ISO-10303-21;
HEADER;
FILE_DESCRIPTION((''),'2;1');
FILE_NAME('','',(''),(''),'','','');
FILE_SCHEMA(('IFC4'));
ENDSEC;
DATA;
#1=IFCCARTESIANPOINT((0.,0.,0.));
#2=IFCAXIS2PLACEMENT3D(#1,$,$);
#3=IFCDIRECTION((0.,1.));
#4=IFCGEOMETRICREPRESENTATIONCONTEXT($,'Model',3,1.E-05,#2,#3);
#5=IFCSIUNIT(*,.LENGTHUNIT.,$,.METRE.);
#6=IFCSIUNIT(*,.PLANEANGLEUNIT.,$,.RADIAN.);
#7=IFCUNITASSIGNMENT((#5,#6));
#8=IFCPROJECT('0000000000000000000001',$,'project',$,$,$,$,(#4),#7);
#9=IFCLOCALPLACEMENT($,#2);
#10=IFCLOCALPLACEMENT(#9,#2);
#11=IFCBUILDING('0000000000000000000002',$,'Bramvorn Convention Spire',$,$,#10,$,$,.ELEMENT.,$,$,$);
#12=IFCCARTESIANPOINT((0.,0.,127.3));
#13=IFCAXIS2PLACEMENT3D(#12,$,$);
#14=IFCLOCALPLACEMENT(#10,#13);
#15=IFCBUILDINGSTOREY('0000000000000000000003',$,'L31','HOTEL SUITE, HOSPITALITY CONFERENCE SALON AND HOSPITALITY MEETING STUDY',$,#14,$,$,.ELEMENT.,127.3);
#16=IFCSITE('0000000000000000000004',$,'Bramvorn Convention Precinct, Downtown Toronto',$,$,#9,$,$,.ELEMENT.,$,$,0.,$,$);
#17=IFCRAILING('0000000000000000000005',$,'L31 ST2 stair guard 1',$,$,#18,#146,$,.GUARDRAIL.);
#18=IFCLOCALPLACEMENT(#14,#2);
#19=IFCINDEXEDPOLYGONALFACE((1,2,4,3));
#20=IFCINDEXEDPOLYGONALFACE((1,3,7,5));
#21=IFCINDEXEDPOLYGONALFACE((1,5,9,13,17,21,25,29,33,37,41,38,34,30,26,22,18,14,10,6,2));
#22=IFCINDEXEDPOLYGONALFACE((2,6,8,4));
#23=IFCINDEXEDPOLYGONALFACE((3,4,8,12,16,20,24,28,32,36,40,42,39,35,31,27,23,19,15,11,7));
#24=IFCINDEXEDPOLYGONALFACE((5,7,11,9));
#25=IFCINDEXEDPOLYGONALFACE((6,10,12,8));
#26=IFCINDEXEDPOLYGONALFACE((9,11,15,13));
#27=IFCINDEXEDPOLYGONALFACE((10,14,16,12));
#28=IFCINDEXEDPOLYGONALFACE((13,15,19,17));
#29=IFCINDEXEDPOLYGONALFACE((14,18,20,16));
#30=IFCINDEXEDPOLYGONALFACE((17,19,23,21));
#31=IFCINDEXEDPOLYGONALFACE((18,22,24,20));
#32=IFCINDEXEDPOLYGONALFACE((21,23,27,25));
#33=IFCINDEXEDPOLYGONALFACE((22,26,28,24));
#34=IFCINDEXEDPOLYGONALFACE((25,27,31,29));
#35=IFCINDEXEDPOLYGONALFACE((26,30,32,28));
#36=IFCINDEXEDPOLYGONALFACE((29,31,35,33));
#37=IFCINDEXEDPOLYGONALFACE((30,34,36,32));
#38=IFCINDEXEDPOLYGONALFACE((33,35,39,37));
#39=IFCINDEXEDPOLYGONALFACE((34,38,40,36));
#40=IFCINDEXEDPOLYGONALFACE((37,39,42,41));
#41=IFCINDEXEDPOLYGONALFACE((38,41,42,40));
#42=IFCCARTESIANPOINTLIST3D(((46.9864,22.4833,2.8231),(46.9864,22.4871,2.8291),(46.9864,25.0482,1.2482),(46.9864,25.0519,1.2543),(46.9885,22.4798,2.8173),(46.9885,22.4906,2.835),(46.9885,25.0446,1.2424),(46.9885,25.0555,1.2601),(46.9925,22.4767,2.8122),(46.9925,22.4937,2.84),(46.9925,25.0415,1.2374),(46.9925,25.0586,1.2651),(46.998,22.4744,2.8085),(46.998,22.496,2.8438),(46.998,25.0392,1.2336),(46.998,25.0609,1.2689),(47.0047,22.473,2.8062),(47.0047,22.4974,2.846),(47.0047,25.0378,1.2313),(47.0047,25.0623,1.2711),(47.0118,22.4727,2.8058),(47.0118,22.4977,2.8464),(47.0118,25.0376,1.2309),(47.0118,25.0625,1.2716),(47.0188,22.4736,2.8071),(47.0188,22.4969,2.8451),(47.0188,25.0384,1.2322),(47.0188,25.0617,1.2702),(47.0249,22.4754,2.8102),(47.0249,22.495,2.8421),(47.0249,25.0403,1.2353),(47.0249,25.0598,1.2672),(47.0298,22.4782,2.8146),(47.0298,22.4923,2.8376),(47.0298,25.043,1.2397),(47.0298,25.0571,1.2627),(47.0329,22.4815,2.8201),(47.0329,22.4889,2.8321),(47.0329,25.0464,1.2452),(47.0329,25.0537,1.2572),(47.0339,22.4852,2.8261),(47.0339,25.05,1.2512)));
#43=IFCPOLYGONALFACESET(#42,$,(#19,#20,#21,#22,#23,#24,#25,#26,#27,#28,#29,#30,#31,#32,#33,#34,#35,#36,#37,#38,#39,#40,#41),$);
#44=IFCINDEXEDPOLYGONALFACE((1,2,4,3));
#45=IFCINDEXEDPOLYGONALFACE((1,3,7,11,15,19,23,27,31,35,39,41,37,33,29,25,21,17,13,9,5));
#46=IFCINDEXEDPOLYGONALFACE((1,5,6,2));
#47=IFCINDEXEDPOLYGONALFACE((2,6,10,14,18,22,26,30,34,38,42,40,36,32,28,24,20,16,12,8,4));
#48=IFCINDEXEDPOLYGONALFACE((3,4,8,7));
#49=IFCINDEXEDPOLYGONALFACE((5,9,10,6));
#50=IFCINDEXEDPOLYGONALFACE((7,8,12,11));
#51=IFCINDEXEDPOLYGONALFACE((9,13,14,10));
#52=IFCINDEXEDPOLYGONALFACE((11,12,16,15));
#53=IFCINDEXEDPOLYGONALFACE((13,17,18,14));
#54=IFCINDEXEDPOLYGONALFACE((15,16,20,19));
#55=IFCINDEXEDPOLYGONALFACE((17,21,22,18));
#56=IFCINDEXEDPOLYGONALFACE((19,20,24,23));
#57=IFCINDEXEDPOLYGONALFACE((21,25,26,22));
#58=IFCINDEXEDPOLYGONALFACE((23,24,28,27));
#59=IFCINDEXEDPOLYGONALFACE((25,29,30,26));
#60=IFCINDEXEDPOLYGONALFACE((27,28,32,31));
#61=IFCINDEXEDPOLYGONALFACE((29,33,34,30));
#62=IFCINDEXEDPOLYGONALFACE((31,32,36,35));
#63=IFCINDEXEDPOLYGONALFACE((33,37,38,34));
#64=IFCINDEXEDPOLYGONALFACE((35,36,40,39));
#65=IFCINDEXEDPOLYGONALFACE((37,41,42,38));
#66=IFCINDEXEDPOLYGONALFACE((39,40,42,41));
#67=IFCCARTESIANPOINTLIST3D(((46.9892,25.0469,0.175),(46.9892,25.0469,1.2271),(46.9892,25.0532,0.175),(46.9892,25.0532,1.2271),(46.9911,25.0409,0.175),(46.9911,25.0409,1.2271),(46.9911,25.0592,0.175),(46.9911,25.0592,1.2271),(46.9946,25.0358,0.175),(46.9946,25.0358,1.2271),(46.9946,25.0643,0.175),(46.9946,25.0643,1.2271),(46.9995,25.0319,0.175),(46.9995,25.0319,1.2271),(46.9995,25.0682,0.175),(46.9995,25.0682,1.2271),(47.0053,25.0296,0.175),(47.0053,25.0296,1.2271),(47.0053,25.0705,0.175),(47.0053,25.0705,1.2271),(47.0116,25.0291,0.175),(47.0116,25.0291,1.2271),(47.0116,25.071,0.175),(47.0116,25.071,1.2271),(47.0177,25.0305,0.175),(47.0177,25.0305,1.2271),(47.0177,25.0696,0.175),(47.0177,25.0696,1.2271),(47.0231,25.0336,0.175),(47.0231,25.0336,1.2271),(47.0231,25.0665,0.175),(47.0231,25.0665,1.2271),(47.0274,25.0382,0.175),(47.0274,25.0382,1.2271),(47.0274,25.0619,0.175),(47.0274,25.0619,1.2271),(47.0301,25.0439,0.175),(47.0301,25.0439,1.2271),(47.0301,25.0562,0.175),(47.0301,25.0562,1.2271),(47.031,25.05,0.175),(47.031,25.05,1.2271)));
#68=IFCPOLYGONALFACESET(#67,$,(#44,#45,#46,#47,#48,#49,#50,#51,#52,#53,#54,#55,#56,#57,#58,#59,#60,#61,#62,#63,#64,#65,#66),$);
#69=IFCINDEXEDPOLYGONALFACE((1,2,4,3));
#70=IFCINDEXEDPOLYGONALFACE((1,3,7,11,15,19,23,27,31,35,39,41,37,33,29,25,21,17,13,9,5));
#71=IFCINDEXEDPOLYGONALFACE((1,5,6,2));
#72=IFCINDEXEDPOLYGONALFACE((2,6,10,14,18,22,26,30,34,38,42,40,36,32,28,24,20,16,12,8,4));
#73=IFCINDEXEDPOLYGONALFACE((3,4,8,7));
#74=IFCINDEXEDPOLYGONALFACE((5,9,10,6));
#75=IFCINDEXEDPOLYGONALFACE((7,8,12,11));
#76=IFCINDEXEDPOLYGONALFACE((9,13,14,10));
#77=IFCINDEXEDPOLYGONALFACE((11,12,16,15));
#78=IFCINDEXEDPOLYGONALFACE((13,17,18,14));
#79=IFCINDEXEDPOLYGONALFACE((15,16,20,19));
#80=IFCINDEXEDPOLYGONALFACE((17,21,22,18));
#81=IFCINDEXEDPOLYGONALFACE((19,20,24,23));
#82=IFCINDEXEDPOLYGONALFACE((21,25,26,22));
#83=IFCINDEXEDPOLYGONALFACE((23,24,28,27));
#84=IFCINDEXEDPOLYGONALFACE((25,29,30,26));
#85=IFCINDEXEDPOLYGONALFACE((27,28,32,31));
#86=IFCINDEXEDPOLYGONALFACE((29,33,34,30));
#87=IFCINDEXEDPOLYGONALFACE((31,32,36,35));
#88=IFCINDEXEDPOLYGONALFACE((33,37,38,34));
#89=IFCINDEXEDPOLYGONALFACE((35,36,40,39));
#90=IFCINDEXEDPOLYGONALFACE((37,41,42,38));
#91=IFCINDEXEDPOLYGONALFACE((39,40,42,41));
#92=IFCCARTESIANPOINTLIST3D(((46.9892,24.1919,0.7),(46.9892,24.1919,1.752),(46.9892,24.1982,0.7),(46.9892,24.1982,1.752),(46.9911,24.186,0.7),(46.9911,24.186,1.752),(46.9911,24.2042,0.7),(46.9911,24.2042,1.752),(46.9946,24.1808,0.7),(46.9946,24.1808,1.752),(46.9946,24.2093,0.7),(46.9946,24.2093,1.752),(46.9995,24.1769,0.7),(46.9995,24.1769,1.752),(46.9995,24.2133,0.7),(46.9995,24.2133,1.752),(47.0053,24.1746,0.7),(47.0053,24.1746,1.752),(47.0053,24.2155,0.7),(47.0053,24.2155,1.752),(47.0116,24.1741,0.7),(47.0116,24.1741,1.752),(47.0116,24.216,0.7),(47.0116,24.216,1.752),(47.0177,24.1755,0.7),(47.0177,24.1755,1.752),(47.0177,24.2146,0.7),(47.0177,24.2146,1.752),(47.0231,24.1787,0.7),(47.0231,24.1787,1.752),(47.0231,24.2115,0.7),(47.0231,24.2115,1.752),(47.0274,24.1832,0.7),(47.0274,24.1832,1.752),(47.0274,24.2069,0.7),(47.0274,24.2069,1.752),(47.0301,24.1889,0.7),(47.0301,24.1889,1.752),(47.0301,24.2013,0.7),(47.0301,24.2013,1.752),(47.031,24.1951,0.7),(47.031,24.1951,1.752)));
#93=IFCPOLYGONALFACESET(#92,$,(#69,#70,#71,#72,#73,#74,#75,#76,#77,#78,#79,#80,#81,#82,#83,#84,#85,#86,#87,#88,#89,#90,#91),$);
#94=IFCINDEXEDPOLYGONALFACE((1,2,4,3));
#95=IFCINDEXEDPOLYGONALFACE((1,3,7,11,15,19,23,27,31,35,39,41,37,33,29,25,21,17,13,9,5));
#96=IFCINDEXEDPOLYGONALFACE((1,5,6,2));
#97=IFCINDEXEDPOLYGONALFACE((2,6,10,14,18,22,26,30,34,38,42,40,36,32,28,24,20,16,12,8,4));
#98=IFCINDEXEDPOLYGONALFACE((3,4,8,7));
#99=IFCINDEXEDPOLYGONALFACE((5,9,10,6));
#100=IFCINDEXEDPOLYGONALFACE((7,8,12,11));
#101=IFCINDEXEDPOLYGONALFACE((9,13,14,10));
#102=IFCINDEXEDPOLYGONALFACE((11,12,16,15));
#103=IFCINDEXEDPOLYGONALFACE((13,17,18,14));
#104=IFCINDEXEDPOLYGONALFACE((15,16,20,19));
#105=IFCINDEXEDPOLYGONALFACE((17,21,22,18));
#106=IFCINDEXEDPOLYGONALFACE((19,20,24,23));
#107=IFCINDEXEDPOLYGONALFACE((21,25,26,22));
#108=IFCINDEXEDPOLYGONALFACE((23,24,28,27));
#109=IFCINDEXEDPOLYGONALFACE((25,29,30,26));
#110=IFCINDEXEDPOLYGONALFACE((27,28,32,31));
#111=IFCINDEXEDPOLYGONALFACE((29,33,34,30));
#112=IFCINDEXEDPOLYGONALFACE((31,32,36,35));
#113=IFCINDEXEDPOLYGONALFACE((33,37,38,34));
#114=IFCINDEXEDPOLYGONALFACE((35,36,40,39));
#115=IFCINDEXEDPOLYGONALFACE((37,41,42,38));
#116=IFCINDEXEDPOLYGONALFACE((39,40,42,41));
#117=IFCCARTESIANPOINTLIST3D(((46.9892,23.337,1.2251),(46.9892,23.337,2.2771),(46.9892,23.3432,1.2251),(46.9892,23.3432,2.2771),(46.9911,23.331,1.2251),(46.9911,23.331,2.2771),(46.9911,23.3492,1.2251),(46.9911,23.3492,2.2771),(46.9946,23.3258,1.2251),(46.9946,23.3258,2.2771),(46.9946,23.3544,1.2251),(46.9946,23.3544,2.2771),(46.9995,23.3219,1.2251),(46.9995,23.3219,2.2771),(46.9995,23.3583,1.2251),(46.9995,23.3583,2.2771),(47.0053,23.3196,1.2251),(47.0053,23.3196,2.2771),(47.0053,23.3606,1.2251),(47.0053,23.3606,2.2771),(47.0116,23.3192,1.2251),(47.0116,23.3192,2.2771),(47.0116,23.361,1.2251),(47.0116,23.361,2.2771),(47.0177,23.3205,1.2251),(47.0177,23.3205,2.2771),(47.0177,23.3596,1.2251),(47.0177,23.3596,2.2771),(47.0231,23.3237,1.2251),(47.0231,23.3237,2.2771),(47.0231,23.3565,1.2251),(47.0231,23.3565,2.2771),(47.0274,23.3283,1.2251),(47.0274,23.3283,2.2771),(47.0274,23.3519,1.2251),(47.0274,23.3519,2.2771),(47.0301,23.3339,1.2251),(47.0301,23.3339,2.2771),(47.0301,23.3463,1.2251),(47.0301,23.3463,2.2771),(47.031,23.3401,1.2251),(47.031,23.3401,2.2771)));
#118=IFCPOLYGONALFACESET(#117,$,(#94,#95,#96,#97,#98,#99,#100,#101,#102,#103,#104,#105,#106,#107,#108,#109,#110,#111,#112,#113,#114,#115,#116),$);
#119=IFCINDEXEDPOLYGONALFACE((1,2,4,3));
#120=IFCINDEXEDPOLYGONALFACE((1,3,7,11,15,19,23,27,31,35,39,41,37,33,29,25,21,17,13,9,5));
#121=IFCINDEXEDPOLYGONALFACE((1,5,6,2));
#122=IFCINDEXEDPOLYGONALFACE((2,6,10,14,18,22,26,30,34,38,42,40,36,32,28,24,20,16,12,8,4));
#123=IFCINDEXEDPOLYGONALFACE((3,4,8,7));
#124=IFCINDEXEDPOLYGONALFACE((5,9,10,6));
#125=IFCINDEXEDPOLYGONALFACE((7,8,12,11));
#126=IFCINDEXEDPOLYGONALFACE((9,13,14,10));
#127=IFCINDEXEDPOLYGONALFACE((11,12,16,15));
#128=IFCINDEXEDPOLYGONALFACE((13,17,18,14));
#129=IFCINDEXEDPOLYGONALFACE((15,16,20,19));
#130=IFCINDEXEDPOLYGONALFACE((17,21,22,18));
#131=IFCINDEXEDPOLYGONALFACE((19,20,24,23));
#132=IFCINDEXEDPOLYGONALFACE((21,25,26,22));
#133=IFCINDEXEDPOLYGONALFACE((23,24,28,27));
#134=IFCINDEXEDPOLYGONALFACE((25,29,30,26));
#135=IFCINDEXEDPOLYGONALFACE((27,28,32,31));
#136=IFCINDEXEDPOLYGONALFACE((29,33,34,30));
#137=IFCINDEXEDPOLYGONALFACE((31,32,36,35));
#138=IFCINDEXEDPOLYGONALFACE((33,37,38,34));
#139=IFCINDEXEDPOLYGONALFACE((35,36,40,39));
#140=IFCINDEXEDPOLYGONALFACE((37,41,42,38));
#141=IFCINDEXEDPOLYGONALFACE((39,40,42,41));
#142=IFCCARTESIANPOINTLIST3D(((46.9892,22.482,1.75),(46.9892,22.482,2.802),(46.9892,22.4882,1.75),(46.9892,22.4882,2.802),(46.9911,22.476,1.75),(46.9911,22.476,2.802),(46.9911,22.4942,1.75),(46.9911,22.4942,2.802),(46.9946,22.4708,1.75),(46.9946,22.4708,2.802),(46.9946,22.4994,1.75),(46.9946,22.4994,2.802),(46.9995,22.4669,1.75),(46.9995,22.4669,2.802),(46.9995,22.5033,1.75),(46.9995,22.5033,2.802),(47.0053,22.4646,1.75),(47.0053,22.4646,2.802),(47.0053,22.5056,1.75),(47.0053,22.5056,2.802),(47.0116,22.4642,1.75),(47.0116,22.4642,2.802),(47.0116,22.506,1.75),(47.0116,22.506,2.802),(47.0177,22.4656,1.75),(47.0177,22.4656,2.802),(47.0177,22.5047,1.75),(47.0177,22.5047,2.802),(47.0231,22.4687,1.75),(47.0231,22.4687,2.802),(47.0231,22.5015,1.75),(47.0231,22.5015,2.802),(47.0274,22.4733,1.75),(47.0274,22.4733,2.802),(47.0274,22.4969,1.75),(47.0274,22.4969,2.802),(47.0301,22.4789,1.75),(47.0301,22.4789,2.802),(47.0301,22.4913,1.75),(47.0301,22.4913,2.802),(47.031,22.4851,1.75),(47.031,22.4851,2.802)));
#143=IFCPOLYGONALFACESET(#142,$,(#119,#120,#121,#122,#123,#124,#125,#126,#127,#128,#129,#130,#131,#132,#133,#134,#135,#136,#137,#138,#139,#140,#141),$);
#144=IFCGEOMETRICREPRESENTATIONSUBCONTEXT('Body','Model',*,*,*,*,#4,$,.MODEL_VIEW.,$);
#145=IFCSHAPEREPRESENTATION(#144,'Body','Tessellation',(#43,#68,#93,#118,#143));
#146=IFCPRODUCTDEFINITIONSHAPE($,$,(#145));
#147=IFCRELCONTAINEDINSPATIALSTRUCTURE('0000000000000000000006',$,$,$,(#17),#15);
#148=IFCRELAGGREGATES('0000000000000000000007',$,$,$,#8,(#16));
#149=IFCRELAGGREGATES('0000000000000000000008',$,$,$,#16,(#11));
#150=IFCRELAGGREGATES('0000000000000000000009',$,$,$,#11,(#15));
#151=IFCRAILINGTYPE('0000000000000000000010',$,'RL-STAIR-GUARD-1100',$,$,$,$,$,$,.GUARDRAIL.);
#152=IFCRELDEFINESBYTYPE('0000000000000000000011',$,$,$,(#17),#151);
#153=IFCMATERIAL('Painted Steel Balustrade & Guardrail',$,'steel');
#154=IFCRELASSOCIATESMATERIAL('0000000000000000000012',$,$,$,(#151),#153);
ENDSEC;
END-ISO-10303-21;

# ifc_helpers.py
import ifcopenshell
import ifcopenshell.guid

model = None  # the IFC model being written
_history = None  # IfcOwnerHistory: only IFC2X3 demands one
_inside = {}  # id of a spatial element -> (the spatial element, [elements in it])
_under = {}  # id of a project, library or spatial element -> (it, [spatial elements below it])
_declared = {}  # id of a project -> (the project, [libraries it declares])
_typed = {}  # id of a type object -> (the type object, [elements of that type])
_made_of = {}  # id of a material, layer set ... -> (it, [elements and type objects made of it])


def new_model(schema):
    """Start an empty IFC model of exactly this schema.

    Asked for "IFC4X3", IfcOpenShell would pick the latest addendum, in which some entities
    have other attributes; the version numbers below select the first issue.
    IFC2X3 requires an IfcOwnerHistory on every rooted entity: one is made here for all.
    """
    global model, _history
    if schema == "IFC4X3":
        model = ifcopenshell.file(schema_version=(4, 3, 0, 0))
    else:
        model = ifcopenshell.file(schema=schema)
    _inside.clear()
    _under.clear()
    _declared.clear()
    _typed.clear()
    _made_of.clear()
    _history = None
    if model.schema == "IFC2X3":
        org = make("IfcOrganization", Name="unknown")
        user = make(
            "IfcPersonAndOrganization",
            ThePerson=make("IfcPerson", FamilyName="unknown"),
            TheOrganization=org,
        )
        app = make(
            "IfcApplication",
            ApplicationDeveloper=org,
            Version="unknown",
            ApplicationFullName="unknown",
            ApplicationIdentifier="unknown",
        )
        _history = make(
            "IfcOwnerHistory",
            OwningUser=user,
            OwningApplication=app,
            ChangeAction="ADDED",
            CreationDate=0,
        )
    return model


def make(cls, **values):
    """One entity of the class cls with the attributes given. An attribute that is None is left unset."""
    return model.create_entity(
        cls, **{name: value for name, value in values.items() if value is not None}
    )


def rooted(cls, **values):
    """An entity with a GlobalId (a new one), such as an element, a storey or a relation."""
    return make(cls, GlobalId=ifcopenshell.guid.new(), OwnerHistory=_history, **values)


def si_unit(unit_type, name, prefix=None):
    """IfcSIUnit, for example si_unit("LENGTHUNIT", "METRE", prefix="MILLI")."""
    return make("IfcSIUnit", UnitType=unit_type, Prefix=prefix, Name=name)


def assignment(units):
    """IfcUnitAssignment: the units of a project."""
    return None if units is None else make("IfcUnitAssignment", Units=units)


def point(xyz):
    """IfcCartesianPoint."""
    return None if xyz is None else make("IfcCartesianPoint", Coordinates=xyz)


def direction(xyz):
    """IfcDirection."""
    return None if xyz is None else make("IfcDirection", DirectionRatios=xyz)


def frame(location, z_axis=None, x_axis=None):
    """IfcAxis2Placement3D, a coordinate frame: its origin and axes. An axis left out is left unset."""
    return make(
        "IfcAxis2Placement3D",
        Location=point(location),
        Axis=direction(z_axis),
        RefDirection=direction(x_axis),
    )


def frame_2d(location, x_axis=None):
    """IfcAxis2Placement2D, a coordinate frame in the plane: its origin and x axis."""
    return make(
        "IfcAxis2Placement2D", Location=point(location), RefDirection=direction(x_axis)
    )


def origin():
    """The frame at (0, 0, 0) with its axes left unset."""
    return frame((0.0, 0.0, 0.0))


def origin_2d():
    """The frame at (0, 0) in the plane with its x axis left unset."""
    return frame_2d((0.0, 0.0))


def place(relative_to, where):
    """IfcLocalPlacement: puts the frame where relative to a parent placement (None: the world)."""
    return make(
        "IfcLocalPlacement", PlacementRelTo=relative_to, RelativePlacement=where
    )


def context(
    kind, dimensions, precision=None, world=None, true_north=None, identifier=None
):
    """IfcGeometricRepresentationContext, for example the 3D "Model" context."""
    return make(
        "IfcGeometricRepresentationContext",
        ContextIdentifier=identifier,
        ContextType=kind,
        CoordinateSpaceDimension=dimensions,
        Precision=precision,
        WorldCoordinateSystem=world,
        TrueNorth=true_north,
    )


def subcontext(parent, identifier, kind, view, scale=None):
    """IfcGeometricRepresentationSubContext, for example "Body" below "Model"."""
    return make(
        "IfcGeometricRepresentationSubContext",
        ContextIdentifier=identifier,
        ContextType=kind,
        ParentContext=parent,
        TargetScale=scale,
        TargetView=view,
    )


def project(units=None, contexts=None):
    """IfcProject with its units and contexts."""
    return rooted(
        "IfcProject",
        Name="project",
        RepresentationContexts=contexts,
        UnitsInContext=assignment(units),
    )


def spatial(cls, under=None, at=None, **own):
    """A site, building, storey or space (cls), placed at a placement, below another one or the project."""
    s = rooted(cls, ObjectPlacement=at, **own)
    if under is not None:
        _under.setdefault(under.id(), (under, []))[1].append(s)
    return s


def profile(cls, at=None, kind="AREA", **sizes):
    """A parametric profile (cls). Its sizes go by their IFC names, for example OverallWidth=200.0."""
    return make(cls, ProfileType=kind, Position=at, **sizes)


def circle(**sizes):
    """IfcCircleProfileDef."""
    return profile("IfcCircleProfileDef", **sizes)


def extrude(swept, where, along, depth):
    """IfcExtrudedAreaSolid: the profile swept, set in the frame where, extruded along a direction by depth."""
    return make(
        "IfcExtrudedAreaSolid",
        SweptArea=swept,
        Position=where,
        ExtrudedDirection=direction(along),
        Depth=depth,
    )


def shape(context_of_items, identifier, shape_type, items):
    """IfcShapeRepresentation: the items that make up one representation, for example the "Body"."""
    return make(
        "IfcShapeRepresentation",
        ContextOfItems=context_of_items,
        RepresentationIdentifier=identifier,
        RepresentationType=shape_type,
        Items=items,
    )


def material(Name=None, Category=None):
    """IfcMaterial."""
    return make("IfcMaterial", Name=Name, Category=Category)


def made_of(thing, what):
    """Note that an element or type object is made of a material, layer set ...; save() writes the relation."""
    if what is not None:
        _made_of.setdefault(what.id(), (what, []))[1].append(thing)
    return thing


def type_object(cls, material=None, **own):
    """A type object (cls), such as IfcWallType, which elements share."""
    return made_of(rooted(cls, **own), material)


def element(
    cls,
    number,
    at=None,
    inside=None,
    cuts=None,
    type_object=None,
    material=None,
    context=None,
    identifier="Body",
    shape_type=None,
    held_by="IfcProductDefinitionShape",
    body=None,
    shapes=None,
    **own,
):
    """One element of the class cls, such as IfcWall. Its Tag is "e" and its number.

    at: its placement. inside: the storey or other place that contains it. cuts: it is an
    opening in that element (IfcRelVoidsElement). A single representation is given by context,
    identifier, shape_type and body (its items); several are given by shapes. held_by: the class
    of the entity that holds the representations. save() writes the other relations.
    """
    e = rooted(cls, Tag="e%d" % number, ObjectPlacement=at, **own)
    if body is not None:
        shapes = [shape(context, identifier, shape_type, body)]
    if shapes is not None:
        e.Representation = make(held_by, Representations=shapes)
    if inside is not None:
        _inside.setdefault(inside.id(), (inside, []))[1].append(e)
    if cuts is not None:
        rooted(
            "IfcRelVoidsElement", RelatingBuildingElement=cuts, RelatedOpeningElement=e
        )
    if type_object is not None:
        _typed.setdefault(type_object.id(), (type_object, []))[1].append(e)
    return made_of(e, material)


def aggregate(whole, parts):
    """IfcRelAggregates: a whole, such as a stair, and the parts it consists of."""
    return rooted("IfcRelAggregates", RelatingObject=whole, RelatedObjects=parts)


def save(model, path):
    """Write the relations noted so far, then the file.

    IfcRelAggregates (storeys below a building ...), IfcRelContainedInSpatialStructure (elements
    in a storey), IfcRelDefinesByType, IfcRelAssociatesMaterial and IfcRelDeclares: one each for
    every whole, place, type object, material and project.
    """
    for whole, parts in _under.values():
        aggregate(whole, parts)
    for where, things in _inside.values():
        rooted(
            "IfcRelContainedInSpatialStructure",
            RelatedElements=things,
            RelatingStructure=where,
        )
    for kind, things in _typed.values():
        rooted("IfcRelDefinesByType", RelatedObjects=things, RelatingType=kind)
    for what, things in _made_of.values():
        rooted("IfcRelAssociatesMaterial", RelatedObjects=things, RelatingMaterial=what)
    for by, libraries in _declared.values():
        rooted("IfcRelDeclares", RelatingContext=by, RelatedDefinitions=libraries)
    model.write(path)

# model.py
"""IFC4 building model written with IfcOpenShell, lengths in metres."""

from ifc_helpers import new_model, si_unit, direction, frame, origin, origin_2d, place, context, subcontext, project, spatial, circle, extrude, material, type_object, element, save


model = new_model("IFC4")

# Units and contexts
model_context = context("Model", 3, precision=1e-05, world=origin(), true_north=direction((0.0, 1.0)))
body_context = subcontext(model_context, "Body", "Model", "MODEL_VIEW")
ifc_project = project(units=[si_unit("LENGTHUNIT", "METRE"), si_unit("PLANEANGLEUNIT", "RADIAN")], contexts=[model_context])

# Site, building, storey
site_placement = place(None, origin())
site = spatial("IfcSite", under=ifc_project, at=site_placement, Name="Bramvorn Convention Precinct, Downtown Toronto", CompositionType="ELEMENT", RefElevation=0.0)
building_placement = place(site_placement, origin())
building = spatial("IfcBuilding", under=site, at=building_placement, Name="Bramvorn Convention Spire", CompositionType="ELEMENT")
storey_placement = place(building_placement, frame((0.0, 0.0, 127.3)))
storey = spatial("IfcBuildingStorey", under=building, at=storey_placement, Name="L31", Description="HOTEL SUITE, HOSPITALITY CONFERENCE SALON AND HOSPITALITY MEETING STUDY", CompositionType="ELEMENT", Elevation=127.3)

# Railing
ifc_material_1 = material(Name="Painted Steel Balustrade & Guardrail", Category="steel")
railing_type_1 = type_object("IfcRailingType", Name="RL-STAIR-GUARD-1100", PredefinedType="GUARDRAIL", material=ifc_material_1)
railing_1_placement = place(storey_placement, frame((47.01, 25.05, 0.175)))
element("IfcRailing", 1, at=railing_1_placement, inside=storey, type_object=railing_type_1, Name="L31 ST2 stair guard 1", PredefinedType="GUARDRAIL", context=body_context, shape_type="SweptSolid", body=[
    extrude(circle(Radius=0.0239, at=origin_2d()), frame((0.0, 0.0, 1.0762), z_axis=(0.0, -0.852173, 0.52326), x_axis=(1.0, 0.0, 0.0)), (0.0, 0.0, 1.0), 3.0098),
    extrude(circle(Radius=0.021, at=origin_2d()), origin(), (0.0, 0.0, 1.0), 1.052),
    extrude(circle(Radius=0.021, at=origin_2d()), frame((0.0, -0.855, 0.5249)), (0.0, 0.0, 1.0), 1.052),
    extrude(circle(Radius=0.021, at=origin_2d()), frame((0.0, -1.71, 1.05)), (0.0, 0.0, 1.0), 1.052),
    extrude(circle(Radius=0.021, at=origin_2d()), frame((0.0, -2.5649, 1.575)), (0.0, 0.0, 1.0), 1.052),
])

save(model, "model.ifc")
